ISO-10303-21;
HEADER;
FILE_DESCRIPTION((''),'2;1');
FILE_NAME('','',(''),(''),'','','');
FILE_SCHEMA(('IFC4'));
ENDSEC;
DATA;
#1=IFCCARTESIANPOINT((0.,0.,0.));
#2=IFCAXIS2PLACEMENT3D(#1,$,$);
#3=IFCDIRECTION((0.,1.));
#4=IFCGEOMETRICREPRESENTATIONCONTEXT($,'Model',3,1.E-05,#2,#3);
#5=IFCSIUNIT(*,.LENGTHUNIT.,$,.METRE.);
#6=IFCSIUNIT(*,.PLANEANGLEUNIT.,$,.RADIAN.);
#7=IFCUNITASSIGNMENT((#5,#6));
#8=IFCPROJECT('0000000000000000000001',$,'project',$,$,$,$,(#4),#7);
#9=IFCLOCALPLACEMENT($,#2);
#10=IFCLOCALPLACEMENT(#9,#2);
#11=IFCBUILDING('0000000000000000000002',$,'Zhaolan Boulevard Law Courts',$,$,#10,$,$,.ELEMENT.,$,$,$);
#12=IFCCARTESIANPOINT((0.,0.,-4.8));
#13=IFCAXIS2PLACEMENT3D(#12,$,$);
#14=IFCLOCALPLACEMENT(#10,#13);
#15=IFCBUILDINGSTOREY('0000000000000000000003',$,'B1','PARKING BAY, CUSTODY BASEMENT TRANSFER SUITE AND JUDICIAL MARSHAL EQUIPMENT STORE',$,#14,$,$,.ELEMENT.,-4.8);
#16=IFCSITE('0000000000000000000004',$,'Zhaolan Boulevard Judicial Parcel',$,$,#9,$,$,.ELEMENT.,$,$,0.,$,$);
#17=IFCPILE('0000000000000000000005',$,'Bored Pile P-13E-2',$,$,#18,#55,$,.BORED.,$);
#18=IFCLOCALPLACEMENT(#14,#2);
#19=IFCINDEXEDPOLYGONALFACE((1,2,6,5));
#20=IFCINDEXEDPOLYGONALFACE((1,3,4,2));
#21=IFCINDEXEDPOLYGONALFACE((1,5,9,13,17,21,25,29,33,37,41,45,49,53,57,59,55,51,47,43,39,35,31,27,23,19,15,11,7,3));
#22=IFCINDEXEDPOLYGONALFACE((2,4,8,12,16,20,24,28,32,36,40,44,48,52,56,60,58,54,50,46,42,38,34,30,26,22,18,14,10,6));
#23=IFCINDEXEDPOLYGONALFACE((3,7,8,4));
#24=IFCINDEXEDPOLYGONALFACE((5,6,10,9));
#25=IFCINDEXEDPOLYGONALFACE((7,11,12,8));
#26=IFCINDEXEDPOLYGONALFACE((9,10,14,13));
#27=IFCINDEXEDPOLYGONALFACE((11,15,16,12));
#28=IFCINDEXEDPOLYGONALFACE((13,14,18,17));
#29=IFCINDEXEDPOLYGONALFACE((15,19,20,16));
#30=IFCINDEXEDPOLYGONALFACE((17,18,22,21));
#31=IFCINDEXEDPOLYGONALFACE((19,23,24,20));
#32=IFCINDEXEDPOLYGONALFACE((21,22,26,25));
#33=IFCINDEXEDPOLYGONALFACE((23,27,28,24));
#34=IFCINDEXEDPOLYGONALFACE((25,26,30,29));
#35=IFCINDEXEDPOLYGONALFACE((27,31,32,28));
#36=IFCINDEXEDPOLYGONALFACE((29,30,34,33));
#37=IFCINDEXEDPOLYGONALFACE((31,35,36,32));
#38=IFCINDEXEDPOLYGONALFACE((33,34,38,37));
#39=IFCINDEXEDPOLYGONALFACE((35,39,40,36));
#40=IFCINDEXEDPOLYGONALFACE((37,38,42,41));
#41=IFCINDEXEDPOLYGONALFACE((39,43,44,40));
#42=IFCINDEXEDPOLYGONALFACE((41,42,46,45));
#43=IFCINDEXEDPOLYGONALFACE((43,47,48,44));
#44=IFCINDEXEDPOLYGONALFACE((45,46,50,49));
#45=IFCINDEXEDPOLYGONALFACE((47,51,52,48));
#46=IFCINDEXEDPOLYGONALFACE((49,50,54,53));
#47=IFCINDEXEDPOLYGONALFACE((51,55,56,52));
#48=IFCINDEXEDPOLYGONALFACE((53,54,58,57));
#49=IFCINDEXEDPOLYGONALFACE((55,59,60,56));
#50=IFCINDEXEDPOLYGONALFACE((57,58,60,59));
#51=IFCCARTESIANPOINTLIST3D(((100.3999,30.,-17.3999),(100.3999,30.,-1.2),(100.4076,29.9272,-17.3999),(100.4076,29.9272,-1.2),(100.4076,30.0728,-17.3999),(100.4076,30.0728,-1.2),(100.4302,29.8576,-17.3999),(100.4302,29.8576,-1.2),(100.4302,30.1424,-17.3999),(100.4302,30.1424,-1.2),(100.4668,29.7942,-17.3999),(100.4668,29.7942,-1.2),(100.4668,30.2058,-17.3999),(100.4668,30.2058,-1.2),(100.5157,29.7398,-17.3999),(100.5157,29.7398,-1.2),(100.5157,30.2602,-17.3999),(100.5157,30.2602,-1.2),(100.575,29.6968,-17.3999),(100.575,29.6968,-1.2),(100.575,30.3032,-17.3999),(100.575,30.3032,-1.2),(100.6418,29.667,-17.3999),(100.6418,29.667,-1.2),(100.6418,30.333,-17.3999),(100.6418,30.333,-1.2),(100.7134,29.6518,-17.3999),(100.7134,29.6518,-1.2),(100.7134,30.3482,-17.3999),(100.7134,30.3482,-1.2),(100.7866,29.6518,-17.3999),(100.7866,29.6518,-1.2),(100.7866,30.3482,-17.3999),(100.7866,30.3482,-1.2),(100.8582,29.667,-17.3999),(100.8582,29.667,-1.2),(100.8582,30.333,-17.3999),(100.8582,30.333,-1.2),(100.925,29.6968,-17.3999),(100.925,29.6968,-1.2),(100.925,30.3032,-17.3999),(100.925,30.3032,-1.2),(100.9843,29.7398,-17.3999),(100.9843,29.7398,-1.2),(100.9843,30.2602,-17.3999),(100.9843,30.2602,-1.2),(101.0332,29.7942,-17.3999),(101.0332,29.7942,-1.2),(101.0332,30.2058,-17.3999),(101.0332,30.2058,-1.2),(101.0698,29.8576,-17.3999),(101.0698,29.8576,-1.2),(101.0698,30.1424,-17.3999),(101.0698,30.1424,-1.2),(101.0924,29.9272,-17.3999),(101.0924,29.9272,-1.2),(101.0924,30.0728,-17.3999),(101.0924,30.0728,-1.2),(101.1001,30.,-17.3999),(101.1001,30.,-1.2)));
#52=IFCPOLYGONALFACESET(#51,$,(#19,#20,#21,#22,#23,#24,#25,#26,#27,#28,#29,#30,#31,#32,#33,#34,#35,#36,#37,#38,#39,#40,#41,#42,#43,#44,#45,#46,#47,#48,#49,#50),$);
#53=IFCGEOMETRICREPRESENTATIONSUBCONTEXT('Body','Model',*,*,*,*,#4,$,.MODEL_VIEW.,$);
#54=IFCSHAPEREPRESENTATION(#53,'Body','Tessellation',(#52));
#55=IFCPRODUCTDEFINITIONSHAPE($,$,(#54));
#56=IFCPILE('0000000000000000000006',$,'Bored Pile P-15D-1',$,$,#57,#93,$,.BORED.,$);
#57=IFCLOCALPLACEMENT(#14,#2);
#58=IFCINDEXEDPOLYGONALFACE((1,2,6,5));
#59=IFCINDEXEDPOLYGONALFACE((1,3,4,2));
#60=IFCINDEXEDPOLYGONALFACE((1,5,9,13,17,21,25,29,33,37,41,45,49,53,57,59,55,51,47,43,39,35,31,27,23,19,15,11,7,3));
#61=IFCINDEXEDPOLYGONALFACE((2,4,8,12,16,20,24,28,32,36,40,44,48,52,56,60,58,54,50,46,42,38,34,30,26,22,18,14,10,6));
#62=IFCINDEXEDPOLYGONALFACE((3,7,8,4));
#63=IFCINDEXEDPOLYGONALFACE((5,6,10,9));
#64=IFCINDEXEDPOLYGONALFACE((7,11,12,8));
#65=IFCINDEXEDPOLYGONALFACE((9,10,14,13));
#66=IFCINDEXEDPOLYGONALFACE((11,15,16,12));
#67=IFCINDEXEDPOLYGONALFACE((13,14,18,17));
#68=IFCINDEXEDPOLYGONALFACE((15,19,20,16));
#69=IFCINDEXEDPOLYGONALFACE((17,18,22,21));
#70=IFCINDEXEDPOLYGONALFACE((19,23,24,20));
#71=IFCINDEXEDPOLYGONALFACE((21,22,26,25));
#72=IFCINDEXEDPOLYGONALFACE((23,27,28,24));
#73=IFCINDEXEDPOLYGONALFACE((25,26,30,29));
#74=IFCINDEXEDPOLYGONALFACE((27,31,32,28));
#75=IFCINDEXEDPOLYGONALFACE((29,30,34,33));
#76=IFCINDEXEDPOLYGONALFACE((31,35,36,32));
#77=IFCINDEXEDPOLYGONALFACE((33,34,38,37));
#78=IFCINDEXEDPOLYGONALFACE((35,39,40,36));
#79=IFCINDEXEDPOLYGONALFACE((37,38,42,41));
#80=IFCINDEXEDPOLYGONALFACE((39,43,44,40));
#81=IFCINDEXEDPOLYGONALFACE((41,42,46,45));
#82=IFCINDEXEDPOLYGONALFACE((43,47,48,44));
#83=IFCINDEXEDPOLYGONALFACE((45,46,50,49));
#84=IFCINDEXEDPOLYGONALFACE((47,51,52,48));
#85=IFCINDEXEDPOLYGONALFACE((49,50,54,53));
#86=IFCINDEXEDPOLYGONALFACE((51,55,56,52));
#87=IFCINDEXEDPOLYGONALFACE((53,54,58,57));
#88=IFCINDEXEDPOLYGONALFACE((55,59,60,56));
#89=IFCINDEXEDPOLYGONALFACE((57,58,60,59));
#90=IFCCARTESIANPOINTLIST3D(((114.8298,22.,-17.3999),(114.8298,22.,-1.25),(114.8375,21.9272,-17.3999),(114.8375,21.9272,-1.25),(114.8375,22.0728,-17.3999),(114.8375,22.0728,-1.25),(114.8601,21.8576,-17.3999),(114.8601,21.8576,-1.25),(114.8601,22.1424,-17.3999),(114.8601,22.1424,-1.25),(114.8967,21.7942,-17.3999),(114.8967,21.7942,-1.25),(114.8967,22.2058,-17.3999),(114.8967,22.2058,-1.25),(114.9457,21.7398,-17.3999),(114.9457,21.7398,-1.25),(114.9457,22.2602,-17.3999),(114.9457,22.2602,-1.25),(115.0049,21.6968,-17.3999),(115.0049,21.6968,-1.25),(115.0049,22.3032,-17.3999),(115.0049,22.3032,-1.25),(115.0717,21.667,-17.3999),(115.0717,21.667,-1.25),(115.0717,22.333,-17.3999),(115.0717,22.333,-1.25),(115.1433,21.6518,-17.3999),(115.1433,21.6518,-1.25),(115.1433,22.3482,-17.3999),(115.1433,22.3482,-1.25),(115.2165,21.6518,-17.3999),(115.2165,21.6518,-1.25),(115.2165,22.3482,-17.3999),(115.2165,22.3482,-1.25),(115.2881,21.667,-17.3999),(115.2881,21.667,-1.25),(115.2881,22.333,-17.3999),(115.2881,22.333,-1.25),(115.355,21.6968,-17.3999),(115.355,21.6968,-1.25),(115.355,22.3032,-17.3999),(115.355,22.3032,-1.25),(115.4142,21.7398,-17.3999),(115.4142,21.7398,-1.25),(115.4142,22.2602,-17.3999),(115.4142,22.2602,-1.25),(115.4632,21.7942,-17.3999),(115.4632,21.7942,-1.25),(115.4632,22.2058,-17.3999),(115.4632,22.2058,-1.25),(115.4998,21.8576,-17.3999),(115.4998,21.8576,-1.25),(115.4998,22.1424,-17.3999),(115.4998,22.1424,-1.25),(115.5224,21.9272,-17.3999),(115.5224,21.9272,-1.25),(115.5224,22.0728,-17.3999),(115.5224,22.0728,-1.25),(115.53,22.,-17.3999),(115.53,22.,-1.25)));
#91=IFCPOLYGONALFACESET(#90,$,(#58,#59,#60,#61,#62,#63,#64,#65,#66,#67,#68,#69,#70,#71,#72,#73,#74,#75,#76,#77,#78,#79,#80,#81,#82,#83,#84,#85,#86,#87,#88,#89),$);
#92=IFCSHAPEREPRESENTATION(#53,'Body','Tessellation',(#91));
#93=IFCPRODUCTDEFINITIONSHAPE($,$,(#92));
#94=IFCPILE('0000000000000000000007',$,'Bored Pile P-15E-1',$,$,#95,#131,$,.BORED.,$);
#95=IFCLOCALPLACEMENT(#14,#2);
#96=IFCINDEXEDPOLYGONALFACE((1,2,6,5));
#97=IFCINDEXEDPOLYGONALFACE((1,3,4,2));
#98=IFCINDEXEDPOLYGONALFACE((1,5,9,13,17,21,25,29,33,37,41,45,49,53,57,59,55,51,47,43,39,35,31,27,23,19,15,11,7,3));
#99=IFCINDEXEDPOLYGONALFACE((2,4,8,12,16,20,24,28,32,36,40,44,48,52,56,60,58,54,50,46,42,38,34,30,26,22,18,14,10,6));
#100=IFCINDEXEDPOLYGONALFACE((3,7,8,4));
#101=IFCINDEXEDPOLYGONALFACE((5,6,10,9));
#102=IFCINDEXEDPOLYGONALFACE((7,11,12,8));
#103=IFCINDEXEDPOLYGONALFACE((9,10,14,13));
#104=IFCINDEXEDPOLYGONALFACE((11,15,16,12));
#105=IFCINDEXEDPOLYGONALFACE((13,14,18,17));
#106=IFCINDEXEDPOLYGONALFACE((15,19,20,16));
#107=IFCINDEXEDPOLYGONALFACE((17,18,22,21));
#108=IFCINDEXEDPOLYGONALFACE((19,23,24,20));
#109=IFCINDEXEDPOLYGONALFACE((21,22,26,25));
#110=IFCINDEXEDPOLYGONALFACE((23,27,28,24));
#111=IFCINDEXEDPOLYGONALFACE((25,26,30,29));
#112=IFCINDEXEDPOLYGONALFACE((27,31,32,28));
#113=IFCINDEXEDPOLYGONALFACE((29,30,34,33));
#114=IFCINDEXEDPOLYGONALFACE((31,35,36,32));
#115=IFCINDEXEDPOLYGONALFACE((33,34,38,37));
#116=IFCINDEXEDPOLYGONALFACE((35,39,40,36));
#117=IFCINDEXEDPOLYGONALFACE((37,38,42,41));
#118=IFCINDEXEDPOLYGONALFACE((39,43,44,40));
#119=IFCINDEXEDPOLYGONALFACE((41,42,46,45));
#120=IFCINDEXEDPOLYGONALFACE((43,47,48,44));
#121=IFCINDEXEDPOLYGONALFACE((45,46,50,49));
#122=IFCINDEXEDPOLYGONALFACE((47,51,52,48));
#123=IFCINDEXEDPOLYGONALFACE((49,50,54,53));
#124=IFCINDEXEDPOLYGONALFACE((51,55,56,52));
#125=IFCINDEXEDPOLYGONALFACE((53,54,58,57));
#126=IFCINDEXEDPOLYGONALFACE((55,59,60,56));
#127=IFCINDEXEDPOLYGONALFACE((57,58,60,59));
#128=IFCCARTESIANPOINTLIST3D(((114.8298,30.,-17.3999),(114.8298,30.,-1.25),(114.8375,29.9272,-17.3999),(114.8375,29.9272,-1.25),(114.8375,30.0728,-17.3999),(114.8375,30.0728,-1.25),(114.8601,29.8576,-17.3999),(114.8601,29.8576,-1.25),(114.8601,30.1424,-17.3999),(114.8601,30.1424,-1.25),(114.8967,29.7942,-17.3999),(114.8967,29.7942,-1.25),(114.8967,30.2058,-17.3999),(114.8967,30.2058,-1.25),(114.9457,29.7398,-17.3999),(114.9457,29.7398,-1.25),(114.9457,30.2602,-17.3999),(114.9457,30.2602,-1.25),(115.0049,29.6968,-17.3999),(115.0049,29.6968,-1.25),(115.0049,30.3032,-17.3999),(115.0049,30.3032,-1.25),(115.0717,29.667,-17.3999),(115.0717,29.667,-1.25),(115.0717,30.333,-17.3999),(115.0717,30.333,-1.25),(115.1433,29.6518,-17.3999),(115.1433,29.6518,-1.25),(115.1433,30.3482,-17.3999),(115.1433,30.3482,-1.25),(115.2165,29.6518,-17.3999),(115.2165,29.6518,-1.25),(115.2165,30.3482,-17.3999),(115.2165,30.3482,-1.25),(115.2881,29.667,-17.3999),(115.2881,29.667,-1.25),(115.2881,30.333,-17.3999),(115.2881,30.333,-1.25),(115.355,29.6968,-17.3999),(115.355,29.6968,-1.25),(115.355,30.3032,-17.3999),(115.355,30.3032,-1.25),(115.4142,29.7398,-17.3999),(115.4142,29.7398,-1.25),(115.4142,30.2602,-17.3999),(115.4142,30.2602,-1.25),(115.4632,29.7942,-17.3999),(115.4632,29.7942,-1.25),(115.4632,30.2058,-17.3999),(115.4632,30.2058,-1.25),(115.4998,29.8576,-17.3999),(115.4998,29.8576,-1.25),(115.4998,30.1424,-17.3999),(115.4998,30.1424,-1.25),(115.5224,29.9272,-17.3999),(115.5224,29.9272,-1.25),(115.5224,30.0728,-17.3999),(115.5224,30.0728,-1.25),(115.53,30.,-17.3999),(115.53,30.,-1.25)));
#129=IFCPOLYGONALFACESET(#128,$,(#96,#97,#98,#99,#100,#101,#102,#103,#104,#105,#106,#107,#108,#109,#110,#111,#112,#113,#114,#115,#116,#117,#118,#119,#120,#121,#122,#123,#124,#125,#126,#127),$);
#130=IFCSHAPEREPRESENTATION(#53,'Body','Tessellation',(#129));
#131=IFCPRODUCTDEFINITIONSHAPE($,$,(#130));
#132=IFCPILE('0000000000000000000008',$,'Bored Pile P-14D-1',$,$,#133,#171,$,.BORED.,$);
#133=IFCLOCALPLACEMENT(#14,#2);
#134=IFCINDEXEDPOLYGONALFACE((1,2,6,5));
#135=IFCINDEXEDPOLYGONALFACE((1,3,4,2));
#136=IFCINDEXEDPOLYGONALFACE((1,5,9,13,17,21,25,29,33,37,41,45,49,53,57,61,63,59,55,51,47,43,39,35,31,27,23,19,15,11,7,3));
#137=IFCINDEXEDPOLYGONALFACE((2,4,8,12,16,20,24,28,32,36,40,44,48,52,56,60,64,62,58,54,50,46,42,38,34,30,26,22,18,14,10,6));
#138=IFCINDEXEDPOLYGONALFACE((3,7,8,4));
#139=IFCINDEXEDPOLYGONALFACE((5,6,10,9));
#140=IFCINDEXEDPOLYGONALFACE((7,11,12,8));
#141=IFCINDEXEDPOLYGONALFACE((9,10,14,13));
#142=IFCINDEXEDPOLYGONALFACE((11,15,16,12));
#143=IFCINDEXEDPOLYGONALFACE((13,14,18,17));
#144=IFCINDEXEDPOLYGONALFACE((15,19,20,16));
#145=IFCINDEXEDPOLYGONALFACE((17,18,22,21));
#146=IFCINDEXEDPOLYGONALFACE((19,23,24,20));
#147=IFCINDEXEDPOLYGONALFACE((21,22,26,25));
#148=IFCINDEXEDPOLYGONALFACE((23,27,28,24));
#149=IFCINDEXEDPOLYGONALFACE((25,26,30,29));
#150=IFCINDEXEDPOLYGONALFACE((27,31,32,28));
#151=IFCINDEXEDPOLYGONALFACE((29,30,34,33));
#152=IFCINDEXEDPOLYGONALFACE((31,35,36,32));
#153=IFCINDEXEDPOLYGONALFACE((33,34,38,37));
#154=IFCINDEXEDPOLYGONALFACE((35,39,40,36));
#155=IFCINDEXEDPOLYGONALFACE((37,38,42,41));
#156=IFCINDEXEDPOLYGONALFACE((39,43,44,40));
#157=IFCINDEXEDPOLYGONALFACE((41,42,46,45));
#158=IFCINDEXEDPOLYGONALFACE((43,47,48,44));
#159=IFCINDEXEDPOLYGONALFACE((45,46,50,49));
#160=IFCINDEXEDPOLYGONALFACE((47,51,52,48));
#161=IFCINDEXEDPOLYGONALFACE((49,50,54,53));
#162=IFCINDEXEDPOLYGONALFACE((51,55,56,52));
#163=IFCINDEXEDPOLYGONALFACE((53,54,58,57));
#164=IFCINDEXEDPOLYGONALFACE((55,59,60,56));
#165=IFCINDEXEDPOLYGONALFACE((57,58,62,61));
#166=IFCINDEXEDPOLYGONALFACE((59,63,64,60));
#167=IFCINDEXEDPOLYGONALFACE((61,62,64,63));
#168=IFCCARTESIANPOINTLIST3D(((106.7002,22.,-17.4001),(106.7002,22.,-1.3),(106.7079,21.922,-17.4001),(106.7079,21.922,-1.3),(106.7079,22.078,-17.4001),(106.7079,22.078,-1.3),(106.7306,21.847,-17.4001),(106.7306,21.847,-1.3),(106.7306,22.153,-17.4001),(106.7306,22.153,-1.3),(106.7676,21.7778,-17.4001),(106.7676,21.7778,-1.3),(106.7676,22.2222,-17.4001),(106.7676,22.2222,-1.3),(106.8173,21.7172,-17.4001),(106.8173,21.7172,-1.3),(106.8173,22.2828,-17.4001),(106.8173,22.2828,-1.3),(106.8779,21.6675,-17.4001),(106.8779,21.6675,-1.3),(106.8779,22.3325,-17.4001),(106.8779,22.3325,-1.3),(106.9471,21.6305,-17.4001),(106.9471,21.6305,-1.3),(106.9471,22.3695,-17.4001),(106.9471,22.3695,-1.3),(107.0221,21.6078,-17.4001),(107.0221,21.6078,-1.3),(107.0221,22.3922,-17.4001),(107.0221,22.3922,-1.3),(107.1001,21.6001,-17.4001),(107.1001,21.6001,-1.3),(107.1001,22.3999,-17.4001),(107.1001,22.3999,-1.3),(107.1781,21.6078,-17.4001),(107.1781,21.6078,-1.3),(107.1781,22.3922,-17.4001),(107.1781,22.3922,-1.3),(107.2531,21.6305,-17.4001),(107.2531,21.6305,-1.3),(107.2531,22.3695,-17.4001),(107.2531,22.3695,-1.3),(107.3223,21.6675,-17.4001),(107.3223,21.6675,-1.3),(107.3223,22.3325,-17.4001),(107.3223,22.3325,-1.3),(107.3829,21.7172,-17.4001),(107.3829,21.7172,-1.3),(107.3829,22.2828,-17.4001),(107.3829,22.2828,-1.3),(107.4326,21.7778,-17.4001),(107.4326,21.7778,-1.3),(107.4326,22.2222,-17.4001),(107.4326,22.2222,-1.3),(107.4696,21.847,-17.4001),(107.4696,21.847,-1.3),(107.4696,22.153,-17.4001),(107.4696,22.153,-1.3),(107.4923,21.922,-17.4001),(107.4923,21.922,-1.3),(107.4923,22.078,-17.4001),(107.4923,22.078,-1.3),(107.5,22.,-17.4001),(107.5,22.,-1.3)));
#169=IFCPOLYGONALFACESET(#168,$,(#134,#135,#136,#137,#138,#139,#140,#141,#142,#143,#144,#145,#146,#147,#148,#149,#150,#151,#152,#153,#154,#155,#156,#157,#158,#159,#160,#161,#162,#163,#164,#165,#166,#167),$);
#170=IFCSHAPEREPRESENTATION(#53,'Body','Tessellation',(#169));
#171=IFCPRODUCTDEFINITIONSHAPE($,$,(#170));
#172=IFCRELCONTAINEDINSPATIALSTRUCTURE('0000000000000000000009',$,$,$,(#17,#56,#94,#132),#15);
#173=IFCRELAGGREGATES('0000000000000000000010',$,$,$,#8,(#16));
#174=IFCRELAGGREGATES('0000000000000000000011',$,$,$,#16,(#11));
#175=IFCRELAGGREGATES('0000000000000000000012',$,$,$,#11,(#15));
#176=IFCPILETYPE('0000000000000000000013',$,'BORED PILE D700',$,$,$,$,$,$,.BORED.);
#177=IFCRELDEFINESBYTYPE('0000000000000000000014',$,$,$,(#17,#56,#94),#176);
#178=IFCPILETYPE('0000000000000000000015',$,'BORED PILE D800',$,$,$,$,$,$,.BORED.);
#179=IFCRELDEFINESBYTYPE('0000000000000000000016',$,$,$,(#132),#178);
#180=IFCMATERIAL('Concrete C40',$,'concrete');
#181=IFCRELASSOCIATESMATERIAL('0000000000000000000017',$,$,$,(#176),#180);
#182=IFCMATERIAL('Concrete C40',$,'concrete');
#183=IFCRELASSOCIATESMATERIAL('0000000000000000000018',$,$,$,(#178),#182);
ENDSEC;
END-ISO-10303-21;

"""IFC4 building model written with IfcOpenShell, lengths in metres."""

from ifc_helpers import new_model, si_unit, direction, frame, origin, origin_2d, place, context, subcontext, project, spatial, circle, extrude, material, material_profile, profile_set, type_object, element, save


model = new_model("IFC4")

# Units and contexts
model_context = context("Model", 3, precision=1e-05, world=origin(), true_north=direction((0.0, 1.0)))
body_context = subcontext(model_context, "Body", "Model", "MODEL_VIEW")
ifc_project = project(units=[si_unit("LENGTHUNIT", "METRE"), si_unit("PLANEANGLEUNIT", "RADIAN")], contexts=[model_context])

# Site, building, storey
site_placement = place(None, origin())
site = spatial("IfcSite", under=ifc_project, at=site_placement, Name="Zhaolan Boulevard Judicial Parcel", CompositionType="ELEMENT", RefElevation=0.0)
building_placement = place(site_placement, origin())
building = spatial("IfcBuilding", under=site, at=building_placement, Name="Zhaolan Boulevard Law Courts", CompositionType="ELEMENT")
storey_placement = place(building_placement, frame((0.0, 0.0, -4.8)))
storey = spatial("IfcBuildingStorey", under=building, at=storey_placement, Name="B1", Description="PARKING BAY, CUSTODY BASEMENT TRANSFER SUITE AND JUDICIAL MARSHAL EQUIPMENT STORE", CompositionType="ELEMENT", Elevation=-4.8)

# Piles
ifc_material_1 = material(Name="Concrete C40", Category="concrete")
ifc_material_profile_1 = material_profile(ifc_material_1, circle(Radius=0.3501, at=origin_2d()), Name="PILE-D700")
ifc_profile_set_1 = profile_set([ifc_material_profile_1], Name="Concrete C40")
pile_type_1 = type_object("IfcPileType", Name="BORED PILE D700", PredefinedType="BORED", material=ifc_profile_set_1)
pile_placement = place(storey_placement, frame((100.75, 30.0, -1.2), z_axis=(0.0, 0.0, -1.0), x_axis=(1.0, 0.0, 0.0)))
element("IfcPile", 1, at=pile_placement, inside=storey, type_object=pile_type_1, Name="Bored Pile P-13E-2", PredefinedType="BORED", context=body_context, shape_type="SweptSolid", body=[
    extrude(circle(Radius=0.3501, at=origin_2d()), origin(), (0.0, 0.0, 1.0), 16.2),
])
for number, where, z_axis, x_axis, name in (
    (2, (115.1799, 22.0, -1.25), (0.0, 0.0, -1.0), (1.0, 0.0, 0.0), "Bored Pile P-15D-1"),
    (3, (115.1799, 30.0, -1.25), (0.0, 0.0, -1.0), (1.0, 0.0, 0.0), "Bored Pile P-15E-1"),
):
    element("IfcPile", number, at=place(storey_placement, frame(where, z_axis=z_axis, x_axis=x_axis)), inside=storey, type_object=pile_type_1, Name=name, PredefinedType="BORED", context=body_context, shape_type="SweptSolid", body=[
        extrude(circle(Radius=0.3501, at=origin_2d()), origin(), (0.0, 0.0, 1.0), 16.1499),
    ])
ifc_material_2 = material(Name="Concrete C40", Category="concrete")
ifc_material_profile_2 = material_profile(ifc_material_2, circle(Radius=0.3999, at=origin_2d()), Name="PILE-D800")
ifc_profile_set_2 = profile_set([ifc_material_profile_2], Name="Concrete C40")
pile_type_2 = type_object("IfcPileType", Name="BORED PILE D800", PredefinedType="BORED", material=ifc_profile_set_2)
for number, where, z_axis, x_axis, name in (
    (4, (107.1001, 22.0, -1.3), (0.0, 0.0, -1.0), (1.0, 0.0, 0.0), "Bored Pile P-14D-1"),
):
    element("IfcPile", number, at=place(storey_placement, frame(where, z_axis=z_axis, x_axis=x_axis)), inside=storey, type_object=pile_type_2, Name=name, PredefinedType="BORED", context=body_context, shape_type="SweptSolid", body=[
        extrude(circle(Radius=0.3999, at=origin_2d()), origin(), (0.0, 0.0, 1.0), 16.1001),
    ])

save(model, "model.ifc")
